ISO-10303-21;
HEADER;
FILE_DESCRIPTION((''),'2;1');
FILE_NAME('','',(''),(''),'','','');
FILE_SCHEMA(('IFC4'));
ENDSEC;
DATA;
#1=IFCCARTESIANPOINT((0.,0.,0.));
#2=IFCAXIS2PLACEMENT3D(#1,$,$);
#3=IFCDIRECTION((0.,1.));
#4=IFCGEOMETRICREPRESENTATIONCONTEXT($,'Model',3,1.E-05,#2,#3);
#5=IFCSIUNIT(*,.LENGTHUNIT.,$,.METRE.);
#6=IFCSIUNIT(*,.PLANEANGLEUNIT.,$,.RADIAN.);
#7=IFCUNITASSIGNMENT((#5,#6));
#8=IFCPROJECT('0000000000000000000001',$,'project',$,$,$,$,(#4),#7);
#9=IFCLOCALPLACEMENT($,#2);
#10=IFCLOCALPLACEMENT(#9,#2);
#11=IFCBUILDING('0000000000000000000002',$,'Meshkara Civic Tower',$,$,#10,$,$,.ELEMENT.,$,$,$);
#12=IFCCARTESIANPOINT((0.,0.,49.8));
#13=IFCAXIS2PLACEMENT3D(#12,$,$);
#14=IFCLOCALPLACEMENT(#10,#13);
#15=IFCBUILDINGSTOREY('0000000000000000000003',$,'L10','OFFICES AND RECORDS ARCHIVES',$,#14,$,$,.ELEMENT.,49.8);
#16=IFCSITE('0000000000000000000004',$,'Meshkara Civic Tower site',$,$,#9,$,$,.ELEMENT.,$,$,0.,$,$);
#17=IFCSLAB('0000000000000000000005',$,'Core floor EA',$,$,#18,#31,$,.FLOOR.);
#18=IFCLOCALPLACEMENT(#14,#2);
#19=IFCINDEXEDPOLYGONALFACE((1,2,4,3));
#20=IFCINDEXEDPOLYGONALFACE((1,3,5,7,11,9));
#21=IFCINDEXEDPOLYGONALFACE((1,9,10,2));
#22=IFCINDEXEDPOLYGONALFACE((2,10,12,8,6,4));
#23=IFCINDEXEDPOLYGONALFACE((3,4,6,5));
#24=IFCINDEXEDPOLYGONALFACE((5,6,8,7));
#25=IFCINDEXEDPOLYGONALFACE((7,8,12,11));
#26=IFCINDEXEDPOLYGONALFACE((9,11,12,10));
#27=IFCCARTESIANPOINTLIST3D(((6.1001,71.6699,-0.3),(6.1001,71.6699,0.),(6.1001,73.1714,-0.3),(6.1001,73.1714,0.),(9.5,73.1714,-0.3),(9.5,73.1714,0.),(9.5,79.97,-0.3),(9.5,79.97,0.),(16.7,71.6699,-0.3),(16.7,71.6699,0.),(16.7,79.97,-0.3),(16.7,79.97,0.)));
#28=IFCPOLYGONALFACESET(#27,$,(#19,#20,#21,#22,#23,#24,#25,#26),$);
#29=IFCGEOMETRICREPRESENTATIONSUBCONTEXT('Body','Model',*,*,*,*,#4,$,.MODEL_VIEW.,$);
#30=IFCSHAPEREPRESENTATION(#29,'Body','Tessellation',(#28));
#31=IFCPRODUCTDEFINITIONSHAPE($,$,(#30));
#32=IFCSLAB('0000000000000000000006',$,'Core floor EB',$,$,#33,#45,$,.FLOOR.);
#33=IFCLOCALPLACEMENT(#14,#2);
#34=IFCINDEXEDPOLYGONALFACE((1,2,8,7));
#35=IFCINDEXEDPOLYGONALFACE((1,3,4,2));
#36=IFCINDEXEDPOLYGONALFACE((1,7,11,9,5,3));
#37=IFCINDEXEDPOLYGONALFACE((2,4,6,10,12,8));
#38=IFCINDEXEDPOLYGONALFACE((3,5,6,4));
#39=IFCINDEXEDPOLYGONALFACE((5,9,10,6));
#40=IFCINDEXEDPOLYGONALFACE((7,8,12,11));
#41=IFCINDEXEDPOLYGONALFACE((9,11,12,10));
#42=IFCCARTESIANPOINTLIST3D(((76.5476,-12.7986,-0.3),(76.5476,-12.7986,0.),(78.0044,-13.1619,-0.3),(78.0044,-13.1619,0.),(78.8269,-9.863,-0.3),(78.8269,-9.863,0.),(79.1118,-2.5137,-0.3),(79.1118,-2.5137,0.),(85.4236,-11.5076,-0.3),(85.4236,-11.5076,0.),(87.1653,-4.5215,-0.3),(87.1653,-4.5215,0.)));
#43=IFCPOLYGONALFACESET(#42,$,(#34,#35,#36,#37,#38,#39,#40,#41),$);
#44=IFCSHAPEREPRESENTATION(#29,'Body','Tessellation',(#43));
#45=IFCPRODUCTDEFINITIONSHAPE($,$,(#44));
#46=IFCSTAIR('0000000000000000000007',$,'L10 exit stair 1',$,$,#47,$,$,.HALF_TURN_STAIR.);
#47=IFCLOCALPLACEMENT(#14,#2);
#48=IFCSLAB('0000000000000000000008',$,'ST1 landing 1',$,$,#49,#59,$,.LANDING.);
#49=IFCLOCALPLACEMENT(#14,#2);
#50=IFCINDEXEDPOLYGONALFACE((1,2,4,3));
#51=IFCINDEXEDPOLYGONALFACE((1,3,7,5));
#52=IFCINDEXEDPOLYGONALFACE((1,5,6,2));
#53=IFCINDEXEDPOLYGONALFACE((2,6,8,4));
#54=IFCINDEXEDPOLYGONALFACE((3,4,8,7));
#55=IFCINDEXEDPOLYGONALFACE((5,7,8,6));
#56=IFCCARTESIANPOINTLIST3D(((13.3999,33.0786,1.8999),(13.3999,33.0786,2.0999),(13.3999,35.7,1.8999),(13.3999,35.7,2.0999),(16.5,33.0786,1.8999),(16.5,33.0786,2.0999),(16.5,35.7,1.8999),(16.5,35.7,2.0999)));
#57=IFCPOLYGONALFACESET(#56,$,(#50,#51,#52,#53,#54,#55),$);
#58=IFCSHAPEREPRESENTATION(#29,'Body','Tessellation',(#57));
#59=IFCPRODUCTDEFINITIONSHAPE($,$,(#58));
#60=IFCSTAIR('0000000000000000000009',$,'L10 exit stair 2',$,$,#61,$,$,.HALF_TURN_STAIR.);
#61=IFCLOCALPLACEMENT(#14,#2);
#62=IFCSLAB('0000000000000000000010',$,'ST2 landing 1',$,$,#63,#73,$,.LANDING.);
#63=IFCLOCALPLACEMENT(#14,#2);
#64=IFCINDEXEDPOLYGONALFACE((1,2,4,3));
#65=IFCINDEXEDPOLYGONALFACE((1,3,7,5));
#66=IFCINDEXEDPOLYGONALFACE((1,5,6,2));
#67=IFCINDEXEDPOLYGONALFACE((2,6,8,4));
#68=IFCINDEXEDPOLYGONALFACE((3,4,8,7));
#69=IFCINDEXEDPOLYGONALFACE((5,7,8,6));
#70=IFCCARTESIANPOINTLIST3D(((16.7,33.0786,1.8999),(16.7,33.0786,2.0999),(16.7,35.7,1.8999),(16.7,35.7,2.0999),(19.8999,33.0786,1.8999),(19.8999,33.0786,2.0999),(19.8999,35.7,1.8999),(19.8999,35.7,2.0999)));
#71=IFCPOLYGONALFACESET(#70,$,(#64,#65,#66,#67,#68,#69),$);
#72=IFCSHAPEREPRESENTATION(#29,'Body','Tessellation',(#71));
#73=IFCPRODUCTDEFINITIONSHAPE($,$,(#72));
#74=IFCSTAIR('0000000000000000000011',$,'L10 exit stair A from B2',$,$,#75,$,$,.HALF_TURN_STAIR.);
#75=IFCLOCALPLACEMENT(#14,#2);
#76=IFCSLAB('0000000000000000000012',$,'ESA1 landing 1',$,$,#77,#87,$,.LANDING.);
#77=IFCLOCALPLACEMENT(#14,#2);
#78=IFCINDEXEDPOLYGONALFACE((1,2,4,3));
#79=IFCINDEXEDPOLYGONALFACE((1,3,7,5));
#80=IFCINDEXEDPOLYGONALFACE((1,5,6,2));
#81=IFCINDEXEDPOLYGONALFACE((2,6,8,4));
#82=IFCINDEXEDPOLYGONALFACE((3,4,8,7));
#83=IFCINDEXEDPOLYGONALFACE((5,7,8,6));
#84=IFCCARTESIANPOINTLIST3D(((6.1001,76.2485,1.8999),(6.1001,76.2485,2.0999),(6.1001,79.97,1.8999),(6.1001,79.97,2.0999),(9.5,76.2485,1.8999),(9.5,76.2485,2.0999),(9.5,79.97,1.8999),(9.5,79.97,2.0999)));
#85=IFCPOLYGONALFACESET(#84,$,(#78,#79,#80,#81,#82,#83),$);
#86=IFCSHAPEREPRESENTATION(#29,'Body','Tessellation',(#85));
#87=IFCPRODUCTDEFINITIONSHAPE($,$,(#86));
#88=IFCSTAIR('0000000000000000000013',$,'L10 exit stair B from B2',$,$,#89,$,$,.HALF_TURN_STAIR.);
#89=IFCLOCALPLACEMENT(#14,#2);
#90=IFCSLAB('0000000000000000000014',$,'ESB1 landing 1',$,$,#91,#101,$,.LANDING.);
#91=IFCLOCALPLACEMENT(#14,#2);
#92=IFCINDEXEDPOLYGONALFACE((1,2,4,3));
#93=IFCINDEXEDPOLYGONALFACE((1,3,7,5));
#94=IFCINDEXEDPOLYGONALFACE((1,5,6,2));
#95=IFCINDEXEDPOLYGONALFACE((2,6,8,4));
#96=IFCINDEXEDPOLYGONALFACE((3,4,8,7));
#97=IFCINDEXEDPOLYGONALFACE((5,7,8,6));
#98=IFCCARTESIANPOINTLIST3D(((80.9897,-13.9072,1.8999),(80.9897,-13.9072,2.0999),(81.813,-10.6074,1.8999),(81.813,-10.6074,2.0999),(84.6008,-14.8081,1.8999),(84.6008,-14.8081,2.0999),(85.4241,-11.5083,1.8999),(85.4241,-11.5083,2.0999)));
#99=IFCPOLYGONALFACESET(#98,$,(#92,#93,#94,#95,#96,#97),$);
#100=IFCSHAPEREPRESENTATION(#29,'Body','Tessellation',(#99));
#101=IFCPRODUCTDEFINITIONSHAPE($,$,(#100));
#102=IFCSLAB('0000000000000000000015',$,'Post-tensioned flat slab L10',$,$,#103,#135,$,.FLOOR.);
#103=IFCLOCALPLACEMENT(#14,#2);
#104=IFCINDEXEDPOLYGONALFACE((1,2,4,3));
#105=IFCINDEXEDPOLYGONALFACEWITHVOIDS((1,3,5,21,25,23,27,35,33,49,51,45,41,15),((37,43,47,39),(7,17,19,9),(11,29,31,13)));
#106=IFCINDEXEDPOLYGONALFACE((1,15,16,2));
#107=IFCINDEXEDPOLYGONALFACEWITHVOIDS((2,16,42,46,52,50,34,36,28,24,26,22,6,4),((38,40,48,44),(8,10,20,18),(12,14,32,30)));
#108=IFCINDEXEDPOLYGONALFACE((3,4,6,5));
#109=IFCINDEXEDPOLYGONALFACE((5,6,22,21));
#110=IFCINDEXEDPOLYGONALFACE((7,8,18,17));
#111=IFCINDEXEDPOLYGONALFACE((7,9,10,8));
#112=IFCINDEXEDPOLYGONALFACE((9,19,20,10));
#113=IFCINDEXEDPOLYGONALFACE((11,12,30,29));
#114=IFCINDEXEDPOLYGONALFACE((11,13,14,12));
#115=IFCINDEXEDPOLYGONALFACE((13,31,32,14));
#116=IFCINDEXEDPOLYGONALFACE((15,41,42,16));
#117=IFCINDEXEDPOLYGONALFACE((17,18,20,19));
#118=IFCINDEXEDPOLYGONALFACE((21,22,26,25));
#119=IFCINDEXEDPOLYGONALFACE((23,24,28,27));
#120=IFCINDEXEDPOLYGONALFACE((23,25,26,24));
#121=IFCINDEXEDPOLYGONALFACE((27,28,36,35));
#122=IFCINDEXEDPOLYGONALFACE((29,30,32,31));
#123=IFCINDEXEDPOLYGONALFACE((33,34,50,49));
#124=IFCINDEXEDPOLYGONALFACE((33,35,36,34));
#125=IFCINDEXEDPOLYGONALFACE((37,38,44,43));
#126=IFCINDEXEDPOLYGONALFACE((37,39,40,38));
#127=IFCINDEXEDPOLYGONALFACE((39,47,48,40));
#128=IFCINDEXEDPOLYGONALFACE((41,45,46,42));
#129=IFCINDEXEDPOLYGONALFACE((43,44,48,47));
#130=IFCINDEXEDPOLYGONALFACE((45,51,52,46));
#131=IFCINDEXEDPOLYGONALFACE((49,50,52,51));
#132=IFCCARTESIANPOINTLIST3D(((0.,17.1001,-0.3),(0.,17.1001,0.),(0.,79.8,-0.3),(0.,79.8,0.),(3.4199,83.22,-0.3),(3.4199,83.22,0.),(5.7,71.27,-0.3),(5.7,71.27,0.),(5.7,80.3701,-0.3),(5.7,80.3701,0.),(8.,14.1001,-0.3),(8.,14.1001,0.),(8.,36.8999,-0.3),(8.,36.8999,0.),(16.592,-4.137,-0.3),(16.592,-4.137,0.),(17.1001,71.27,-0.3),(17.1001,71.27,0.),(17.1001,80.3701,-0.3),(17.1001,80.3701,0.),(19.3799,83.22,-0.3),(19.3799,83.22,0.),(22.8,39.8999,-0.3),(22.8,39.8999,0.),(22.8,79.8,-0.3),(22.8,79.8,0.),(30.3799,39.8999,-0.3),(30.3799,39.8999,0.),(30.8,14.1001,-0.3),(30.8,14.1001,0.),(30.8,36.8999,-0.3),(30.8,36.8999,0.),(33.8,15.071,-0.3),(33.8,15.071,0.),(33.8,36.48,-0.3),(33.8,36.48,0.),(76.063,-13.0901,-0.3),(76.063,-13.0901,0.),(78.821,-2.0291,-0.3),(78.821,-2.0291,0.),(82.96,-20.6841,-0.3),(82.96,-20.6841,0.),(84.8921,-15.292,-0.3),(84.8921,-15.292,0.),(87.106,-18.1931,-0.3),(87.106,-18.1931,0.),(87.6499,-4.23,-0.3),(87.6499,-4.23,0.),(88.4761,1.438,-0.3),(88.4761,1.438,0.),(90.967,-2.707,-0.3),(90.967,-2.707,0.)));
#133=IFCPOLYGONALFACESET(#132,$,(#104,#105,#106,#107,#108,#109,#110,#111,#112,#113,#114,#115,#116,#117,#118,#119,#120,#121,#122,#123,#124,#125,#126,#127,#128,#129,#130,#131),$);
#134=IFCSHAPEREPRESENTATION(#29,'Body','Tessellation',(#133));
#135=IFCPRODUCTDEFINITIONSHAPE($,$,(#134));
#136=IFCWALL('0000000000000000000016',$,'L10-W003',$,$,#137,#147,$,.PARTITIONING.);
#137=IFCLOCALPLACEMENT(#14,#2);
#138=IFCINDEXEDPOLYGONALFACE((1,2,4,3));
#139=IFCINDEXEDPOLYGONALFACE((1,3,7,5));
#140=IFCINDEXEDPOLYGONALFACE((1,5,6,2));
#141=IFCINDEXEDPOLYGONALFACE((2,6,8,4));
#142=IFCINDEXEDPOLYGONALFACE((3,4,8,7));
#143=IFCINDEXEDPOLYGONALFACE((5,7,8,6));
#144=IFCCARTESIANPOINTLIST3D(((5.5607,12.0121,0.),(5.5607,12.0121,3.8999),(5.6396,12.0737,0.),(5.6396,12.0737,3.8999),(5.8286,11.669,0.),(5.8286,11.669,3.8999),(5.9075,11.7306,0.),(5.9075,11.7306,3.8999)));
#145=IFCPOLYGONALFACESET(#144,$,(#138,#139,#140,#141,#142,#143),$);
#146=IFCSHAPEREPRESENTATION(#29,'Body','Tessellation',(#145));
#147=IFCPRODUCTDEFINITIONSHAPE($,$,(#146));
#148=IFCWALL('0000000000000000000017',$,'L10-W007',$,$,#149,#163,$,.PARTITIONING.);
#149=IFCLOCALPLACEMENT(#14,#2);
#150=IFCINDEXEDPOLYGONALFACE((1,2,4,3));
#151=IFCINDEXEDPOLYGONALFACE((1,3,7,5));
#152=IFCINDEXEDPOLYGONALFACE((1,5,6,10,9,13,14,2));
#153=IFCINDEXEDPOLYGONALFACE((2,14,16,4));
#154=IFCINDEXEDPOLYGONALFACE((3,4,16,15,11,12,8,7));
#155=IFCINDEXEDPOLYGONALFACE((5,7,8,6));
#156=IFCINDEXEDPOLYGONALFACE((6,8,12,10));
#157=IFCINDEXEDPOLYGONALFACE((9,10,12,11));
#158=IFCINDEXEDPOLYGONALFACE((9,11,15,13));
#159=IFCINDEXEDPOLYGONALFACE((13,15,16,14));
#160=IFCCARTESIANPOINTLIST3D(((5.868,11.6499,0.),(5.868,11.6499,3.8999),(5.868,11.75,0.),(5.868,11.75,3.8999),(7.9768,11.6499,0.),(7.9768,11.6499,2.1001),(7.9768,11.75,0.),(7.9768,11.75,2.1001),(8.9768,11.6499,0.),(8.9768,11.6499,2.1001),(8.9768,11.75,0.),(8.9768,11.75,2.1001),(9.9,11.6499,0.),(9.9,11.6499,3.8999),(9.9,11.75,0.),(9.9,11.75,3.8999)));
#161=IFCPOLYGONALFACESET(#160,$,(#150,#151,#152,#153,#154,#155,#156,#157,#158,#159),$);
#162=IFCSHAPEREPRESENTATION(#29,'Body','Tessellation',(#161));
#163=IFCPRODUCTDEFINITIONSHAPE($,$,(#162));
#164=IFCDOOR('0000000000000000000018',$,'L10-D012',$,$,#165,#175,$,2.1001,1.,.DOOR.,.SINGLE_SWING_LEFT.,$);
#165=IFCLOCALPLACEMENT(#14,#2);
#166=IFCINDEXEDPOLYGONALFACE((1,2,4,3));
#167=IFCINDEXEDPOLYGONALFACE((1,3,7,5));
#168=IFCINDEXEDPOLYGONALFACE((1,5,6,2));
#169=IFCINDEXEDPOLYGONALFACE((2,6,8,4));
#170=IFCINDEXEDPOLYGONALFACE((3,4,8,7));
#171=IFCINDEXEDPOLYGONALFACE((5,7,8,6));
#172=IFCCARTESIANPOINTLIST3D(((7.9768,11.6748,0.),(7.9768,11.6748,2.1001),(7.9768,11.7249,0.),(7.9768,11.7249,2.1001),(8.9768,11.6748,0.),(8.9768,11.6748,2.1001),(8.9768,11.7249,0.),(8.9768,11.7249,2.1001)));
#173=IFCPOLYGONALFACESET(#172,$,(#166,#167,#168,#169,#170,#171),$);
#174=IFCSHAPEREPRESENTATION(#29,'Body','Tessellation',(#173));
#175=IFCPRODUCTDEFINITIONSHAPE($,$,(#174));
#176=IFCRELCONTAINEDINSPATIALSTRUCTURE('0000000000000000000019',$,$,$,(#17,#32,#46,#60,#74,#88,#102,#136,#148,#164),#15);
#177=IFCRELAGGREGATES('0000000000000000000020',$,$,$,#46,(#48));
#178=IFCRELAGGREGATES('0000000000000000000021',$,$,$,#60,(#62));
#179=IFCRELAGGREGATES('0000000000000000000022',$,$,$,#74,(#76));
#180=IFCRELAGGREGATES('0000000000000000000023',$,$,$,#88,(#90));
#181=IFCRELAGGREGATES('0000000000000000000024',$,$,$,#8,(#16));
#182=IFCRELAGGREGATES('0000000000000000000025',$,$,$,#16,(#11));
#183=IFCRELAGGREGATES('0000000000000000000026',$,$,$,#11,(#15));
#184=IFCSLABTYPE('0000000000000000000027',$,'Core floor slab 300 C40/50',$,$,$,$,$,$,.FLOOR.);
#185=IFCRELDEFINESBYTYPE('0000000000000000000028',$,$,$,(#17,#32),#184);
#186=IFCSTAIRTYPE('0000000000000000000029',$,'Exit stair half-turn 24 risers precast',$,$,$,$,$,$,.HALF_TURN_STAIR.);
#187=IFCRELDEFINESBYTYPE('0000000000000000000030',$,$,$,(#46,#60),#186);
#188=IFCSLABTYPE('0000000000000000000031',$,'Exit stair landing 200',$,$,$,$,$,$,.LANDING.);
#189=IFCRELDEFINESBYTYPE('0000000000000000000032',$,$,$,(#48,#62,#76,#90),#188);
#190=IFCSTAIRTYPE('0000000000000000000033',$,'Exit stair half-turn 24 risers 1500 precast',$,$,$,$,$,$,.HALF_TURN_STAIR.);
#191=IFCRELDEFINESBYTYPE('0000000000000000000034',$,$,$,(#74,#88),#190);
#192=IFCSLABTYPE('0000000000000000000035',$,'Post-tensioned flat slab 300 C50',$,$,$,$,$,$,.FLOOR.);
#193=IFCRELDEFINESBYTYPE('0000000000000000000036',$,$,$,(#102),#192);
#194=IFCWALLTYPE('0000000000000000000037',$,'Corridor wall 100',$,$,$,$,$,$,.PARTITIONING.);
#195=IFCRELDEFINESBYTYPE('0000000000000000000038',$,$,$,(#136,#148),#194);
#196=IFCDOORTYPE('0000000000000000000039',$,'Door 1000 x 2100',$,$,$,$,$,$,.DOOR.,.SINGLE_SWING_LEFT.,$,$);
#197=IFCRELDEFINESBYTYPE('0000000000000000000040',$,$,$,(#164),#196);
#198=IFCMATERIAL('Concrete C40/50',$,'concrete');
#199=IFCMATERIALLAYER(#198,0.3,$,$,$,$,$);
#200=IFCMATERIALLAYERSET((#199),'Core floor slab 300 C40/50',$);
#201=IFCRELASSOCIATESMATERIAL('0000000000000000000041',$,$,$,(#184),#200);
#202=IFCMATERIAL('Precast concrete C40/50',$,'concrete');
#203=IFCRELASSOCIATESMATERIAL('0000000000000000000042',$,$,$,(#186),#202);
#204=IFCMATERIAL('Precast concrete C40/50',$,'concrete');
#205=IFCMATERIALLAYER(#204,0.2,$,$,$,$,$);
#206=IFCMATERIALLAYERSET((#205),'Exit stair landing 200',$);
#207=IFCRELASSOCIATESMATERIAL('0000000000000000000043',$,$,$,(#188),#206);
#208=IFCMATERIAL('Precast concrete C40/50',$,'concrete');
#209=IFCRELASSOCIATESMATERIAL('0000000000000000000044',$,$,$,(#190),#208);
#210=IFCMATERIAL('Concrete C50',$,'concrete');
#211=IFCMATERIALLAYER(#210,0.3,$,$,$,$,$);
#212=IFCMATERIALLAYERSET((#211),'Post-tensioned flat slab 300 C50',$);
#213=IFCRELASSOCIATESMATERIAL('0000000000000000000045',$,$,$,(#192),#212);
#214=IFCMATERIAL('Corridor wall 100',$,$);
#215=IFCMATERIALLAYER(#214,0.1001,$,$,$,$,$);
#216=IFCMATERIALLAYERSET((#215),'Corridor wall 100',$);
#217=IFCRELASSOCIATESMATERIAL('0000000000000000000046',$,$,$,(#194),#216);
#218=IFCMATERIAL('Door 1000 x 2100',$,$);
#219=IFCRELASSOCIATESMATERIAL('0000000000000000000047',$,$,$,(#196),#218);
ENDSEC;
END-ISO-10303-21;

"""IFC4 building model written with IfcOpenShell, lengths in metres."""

from ifc_helpers import new_model, si_unit, direction, frame, frame_2d, origin, place, context, subcontext, project, spatial, polyline, rectangle, outline, extrude, material, layer, layer_set, type_object, element, fill, aggregate, save


model = new_model("IFC4")

# Units and contexts
model_context = context("Model", 3, precision=1e-05, world=origin(), true_north=direction((0.0, 1.0)))
body_context = subcontext(model_context, "Body", "Model", "MODEL_VIEW")
ifc_project = project(units=[si_unit("LENGTHUNIT", "METRE"), si_unit("PLANEANGLEUNIT", "RADIAN")], contexts=[model_context])

# Site, building, storey
site_placement = place(None, origin())
site = spatial("IfcSite", under=ifc_project, at=site_placement, Name="Meshkara Civic Tower site", CompositionType="ELEMENT", RefElevation=0.0)
building_placement = place(site_placement, origin())
building = spatial("IfcBuilding", under=site, at=building_placement, Name="Meshkara Civic Tower", CompositionType="ELEMENT")
storey_placement = place(building_placement, frame((0.0, 0.0, 49.8)))
storey = spatial("IfcBuildingStorey", under=building, at=storey_placement, Name="L10", Description="OFFICES AND RECORDS ARCHIVES", CompositionType="ELEMENT", Elevation=49.8)

# Slabs
ifc_material_1 = material(Name="Concrete C40/50", Category="concrete")
ifc_layer_1 = layer(ifc_material_1, 0.3)
ifc_layer_set_1 = layer_set([ifc_layer_1], Name="Core floor slab 300 C40/50")
slab_type_1 = type_object("IfcSlabType", Name="Core floor slab 300 C40/50", PredefinedType="FLOOR", material=ifc_layer_set_1)
slab_1_placement = place(storey_placement, frame((0.0, 0.0, -0.3)))
element("IfcSlab", 1, at=slab_1_placement, inside=storey, type_object=slab_type_1, Name="Core floor EA", PredefinedType="FLOOR", context=body_context, shape_type="SweptSolid", body=[
    extrude(outline(polyline([(16.7, 71.6699), (16.7, 79.97), (9.5, 79.97), (9.5, 73.1714), (6.1001, 73.1714), (6.1001, 71.6699), (16.7, 71.6699)])), origin(), (0.0, 0.0, 1.0), 0.3),
])
slab_2_placement = place(storey_placement, frame((0.0, 0.0, -0.3)))
element("IfcSlab", 2, at=slab_2_placement, inside=storey, type_object=slab_type_1, Name="Core floor EB", PredefinedType="FLOOR", context=body_context, shape_type="SweptSolid", body=[
    extrude(outline(polyline([(79.1118, -2.5137), (87.1653, -4.5215), (85.4236, -11.5076), (78.8269, -9.863), (78.0044, -13.1619), (76.5476, -12.7986), (79.1118, -2.5137)])), origin(), (0.0, 0.0, 1.0), 0.3),
])

# Stairs, slabs
ifc_material_2 = material(Name="Precast concrete C40/50", Category="concrete")
stair_type_1 = type_object("IfcStairType", Name="Exit stair half-turn 24 risers precast", PredefinedType="HALF_TURN_STAIR", material=ifc_material_2)
stair_1_placement = place(storey_placement, origin())
stair_1 = element("IfcStair", 3, at=stair_1_placement, inside=storey, type_object=stair_type_1, Name="L10 exit stair 1", PredefinedType="HALF_TURN_STAIR")
ifc_material_3 = material(Name="Precast concrete C40/50", Category="concrete")
ifc_layer_2 = layer(ifc_material_3, 0.2)
ifc_layer_set_2 = layer_set([ifc_layer_2], Name="Exit stair landing 200")
slab_type_2 = type_object("IfcSlabType", Name="Exit stair landing 200", PredefinedType="LANDING", material=ifc_layer_set_2)
slab_3_placement = place(storey_placement, frame((0.0, 0.0, 1.8999)))
slab_3 = element("IfcSlab", 4, at=slab_3_placement, type_object=slab_type_2, Name="ST1 landing 1", PredefinedType="LANDING", context=body_context, shape_type="SweptSolid", body=[
    extrude(outline(polyline([(16.5, 33.0786), (16.5, 35.7), (13.3999, 35.7), (13.3999, 33.0786), (16.5, 33.0786)])), origin(), (0.0, 0.0, 1.0), 0.2),
])
aggregate(stair_1, [slab_3])
stair_2_placement = place(storey_placement, origin())
stair_2 = element("IfcStair", 5, at=stair_2_placement, inside=storey, type_object=stair_type_1, Name="L10 exit stair 2", PredefinedType="HALF_TURN_STAIR")
slab_4_placement = place(storey_placement, frame((0.0, 0.0, 1.8999)))
slab_4 = element("IfcSlab", 6, at=slab_4_placement, type_object=slab_type_2, Name="ST2 landing 1", PredefinedType="LANDING", context=body_context, shape_type="SweptSolid", body=[
    extrude(outline(polyline([(19.8999, 33.0786), (19.8999, 35.7), (16.7, 35.7), (16.7, 33.0786), (19.8999, 33.0786)])), origin(), (0.0, 0.0, 1.0), 0.2),
])
aggregate(stair_2, [slab_4])
ifc_material_4 = material(Name="Precast concrete C40/50", Category="concrete")
stair_type_2 = type_object("IfcStairType", Name="Exit stair half-turn 24 risers 1500 precast", PredefinedType="HALF_TURN_STAIR", material=ifc_material_4)
stair_3_placement = place(storey_placement, origin())
stair_3 = element("IfcStair", 7, at=stair_3_placement, inside=storey, type_object=stair_type_2, Name="L10 exit stair A from B2", PredefinedType="HALF_TURN_STAIR")
slab_5_placement = place(storey_placement, frame((0.0, 0.0, 1.8999)))
slab_5 = element("IfcSlab", 8, at=slab_5_placement, type_object=slab_type_2, Name="ESA1 landing 1", PredefinedType="LANDING", context=body_context, shape_type="SweptSolid", body=[
    extrude(outline(polyline([(9.5, 76.2485), (9.5, 79.97), (6.1001, 79.97), (6.1001, 76.2485), (9.5, 76.2485)])), origin(), (0.0, 0.0, 1.0), 0.2),
])
aggregate(stair_3, [slab_5])
stair_4_placement = place(storey_placement, origin())
stair_4 = element("IfcStair", 9, at=stair_4_placement, inside=storey, type_object=stair_type_2, Name="L10 exit stair B from B2", PredefinedType="HALF_TURN_STAIR")
slab_6_placement = place(storey_placement, frame((0.0, 0.0, 1.8999)))
slab_6 = element("IfcSlab", 10, at=slab_6_placement, type_object=slab_type_2, Name="ESB1 landing 1", PredefinedType="LANDING", context=body_context, shape_type="SweptSolid", body=[
    extrude(outline(polyline([(80.9897, -13.9072), (84.6008, -14.8081), (85.4241, -11.5083), (81.813, -10.6074), (80.9897, -13.9072)])), origin(), (0.0, 0.0, 1.0), 0.2),
])
aggregate(stair_4, [slab_6])

# Slab
ifc_material_5 = material(Name="Concrete C50", Category="concrete")
ifc_layer_3 = layer(ifc_material_5, 0.3)
ifc_layer_set_3 = layer_set([ifc_layer_3], Name="Post-tensioned flat slab 300 C50")
slab_type_3 = type_object("IfcSlabType", Name="Post-tensioned flat slab 300 C50", PredefinedType="FLOOR", material=ifc_layer_set_3)
slab_7_placement = place(storey_placement, frame((0.0, 0.0, -0.3)))
element("IfcSlab", 11, at=slab_7_placement, inside=storey, type_object=slab_type_3, Name="Post-tensioned flat slab L10", PredefinedType="FLOOR", context=body_context, shape_type="SweptSolid", body=[
    extrude(outline(polyline([(87.106, -18.1931), (82.96, -20.6841), (16.592, -4.137), (0.0, 17.1001), (0.0, 79.8), (3.4199, 83.22), (19.3799, 83.22), (22.8, 79.8), (22.8, 39.8999), (30.3799, 39.8999), (33.8, 36.48), (33.8, 15.071), (88.4761, 1.438), (90.967, -2.707), (87.106, -18.1931)]), holes=[polyline([(84.8921, -15.292), (87.6499, -4.23), (78.821, -2.0291), (76.063, -13.0901), (84.8921, -15.292)]), polyline([(8.0, 14.1001), (30.8, 14.1001), (30.8, 36.8999), (8.0, 36.8999), (8.0, 14.1001)]), polyline([(5.7, 80.3701), (5.7, 71.27), (17.1001, 71.27), (17.1001, 80.3701), (5.7, 80.3701)])]), origin(), (0.0, 0.0, 1.0), 0.3),
])

# Wall
ifc_material_6 = material(Name="Corridor wall 100")
ifc_layer_4 = layer(ifc_material_6, 0.1001)
ifc_layer_set_4 = layer_set([ifc_layer_4], Name="Corridor wall 100")
wall_type_1 = type_object("IfcWallType", Name="Corridor wall 100", PredefinedType="PARTITIONING", material=ifc_layer_set_4)
wall_1_placement = place(storey_placement, frame((5.6001, 12.043, 0.0), z_axis=(0.0, 0.0, 1.0), x_axis=(0.615415, -0.788203, 0.0)))
element("IfcWall", 12, at=wall_1_placement, inside=storey, type_object=wall_type_1, Name="L10-W003", PredefinedType="PARTITIONING", context=body_context, shape_type="SweptSolid", body=[
    extrude(rectangle(XDim=0.4353, YDim=0.1001, at=frame_2d((0.2178, 0.0))), origin(), (0.0, 0.0, 1.0), 3.8999),
])

# Wall, opening, door
wall_2_placement = place(storey_placement, frame((5.8679, 11.7, 0.0), z_axis=(0.0, 0.0, 1.0), x_axis=(1.0, 0.0, 0.0)))
wall_2 = element("IfcWall", 13, at=wall_2_placement, inside=storey, type_object=wall_type_1, Name="L10-W007", PredefinedType="PARTITIONING", context=body_context, shape_type="SweptSolid", body=[
    extrude(rectangle(XDim=4.032, YDim=0.1001, at=frame_2d((2.0161, 0.0))), origin(), (0.0, 0.0, 1.0), 3.8999),
])
opening_1_placement = place(wall_2_placement, frame((2.1089, 0.0, 0.0)))
opening_1 = element("IfcOpeningElement", 14, at=opening_1_placement, cuts=wall_2, PredefinedType="OPENING", context=body_context, shape_type="SweptSolid", body=[
    extrude(rectangle(XDim=1.0, YDim=2.1001, at=frame_2d((0.5, 1.05))), frame((0.0, 0.0601, 0.0), z_axis=(0.0, -1.0, 0.0), x_axis=(1.0, 0.0, 0.0)), (0.0, 0.0, 1.0), 0.1201),
])
ifc_material_7 = material(Name="Door 1000 x 2100")
door_type_1 = type_object("IfcDoorType", Name="Door 1000 x 2100", OperationType="SINGLE_SWING_LEFT", PredefinedType="DOOR", material=ifc_material_7)
door_1_placement = place(opening_1_placement, origin())
door_1 = element("IfcDoor", 15, at=door_1_placement, inside=storey, type_object=door_type_1, Name="L10-D012", OperationType="SINGLE_SWING_LEFT", OverallHeight=2.1001, OverallWidth=1.0, PredefinedType="DOOR", context=body_context, shape_type="SweptSolid", body=[
    extrude(rectangle(XDim=1.0, YDim=2.1001, at=frame_2d((0.5, 1.05))), frame((0.0, 0.0249, 0.0), z_axis=(0.0, -1.0, 0.0), x_axis=(1.0, 0.0, 0.0)), (0.0, 0.0, 1.0), 0.05),
])
fill(opening_1, door_1)

save(model, "model.ifc")
